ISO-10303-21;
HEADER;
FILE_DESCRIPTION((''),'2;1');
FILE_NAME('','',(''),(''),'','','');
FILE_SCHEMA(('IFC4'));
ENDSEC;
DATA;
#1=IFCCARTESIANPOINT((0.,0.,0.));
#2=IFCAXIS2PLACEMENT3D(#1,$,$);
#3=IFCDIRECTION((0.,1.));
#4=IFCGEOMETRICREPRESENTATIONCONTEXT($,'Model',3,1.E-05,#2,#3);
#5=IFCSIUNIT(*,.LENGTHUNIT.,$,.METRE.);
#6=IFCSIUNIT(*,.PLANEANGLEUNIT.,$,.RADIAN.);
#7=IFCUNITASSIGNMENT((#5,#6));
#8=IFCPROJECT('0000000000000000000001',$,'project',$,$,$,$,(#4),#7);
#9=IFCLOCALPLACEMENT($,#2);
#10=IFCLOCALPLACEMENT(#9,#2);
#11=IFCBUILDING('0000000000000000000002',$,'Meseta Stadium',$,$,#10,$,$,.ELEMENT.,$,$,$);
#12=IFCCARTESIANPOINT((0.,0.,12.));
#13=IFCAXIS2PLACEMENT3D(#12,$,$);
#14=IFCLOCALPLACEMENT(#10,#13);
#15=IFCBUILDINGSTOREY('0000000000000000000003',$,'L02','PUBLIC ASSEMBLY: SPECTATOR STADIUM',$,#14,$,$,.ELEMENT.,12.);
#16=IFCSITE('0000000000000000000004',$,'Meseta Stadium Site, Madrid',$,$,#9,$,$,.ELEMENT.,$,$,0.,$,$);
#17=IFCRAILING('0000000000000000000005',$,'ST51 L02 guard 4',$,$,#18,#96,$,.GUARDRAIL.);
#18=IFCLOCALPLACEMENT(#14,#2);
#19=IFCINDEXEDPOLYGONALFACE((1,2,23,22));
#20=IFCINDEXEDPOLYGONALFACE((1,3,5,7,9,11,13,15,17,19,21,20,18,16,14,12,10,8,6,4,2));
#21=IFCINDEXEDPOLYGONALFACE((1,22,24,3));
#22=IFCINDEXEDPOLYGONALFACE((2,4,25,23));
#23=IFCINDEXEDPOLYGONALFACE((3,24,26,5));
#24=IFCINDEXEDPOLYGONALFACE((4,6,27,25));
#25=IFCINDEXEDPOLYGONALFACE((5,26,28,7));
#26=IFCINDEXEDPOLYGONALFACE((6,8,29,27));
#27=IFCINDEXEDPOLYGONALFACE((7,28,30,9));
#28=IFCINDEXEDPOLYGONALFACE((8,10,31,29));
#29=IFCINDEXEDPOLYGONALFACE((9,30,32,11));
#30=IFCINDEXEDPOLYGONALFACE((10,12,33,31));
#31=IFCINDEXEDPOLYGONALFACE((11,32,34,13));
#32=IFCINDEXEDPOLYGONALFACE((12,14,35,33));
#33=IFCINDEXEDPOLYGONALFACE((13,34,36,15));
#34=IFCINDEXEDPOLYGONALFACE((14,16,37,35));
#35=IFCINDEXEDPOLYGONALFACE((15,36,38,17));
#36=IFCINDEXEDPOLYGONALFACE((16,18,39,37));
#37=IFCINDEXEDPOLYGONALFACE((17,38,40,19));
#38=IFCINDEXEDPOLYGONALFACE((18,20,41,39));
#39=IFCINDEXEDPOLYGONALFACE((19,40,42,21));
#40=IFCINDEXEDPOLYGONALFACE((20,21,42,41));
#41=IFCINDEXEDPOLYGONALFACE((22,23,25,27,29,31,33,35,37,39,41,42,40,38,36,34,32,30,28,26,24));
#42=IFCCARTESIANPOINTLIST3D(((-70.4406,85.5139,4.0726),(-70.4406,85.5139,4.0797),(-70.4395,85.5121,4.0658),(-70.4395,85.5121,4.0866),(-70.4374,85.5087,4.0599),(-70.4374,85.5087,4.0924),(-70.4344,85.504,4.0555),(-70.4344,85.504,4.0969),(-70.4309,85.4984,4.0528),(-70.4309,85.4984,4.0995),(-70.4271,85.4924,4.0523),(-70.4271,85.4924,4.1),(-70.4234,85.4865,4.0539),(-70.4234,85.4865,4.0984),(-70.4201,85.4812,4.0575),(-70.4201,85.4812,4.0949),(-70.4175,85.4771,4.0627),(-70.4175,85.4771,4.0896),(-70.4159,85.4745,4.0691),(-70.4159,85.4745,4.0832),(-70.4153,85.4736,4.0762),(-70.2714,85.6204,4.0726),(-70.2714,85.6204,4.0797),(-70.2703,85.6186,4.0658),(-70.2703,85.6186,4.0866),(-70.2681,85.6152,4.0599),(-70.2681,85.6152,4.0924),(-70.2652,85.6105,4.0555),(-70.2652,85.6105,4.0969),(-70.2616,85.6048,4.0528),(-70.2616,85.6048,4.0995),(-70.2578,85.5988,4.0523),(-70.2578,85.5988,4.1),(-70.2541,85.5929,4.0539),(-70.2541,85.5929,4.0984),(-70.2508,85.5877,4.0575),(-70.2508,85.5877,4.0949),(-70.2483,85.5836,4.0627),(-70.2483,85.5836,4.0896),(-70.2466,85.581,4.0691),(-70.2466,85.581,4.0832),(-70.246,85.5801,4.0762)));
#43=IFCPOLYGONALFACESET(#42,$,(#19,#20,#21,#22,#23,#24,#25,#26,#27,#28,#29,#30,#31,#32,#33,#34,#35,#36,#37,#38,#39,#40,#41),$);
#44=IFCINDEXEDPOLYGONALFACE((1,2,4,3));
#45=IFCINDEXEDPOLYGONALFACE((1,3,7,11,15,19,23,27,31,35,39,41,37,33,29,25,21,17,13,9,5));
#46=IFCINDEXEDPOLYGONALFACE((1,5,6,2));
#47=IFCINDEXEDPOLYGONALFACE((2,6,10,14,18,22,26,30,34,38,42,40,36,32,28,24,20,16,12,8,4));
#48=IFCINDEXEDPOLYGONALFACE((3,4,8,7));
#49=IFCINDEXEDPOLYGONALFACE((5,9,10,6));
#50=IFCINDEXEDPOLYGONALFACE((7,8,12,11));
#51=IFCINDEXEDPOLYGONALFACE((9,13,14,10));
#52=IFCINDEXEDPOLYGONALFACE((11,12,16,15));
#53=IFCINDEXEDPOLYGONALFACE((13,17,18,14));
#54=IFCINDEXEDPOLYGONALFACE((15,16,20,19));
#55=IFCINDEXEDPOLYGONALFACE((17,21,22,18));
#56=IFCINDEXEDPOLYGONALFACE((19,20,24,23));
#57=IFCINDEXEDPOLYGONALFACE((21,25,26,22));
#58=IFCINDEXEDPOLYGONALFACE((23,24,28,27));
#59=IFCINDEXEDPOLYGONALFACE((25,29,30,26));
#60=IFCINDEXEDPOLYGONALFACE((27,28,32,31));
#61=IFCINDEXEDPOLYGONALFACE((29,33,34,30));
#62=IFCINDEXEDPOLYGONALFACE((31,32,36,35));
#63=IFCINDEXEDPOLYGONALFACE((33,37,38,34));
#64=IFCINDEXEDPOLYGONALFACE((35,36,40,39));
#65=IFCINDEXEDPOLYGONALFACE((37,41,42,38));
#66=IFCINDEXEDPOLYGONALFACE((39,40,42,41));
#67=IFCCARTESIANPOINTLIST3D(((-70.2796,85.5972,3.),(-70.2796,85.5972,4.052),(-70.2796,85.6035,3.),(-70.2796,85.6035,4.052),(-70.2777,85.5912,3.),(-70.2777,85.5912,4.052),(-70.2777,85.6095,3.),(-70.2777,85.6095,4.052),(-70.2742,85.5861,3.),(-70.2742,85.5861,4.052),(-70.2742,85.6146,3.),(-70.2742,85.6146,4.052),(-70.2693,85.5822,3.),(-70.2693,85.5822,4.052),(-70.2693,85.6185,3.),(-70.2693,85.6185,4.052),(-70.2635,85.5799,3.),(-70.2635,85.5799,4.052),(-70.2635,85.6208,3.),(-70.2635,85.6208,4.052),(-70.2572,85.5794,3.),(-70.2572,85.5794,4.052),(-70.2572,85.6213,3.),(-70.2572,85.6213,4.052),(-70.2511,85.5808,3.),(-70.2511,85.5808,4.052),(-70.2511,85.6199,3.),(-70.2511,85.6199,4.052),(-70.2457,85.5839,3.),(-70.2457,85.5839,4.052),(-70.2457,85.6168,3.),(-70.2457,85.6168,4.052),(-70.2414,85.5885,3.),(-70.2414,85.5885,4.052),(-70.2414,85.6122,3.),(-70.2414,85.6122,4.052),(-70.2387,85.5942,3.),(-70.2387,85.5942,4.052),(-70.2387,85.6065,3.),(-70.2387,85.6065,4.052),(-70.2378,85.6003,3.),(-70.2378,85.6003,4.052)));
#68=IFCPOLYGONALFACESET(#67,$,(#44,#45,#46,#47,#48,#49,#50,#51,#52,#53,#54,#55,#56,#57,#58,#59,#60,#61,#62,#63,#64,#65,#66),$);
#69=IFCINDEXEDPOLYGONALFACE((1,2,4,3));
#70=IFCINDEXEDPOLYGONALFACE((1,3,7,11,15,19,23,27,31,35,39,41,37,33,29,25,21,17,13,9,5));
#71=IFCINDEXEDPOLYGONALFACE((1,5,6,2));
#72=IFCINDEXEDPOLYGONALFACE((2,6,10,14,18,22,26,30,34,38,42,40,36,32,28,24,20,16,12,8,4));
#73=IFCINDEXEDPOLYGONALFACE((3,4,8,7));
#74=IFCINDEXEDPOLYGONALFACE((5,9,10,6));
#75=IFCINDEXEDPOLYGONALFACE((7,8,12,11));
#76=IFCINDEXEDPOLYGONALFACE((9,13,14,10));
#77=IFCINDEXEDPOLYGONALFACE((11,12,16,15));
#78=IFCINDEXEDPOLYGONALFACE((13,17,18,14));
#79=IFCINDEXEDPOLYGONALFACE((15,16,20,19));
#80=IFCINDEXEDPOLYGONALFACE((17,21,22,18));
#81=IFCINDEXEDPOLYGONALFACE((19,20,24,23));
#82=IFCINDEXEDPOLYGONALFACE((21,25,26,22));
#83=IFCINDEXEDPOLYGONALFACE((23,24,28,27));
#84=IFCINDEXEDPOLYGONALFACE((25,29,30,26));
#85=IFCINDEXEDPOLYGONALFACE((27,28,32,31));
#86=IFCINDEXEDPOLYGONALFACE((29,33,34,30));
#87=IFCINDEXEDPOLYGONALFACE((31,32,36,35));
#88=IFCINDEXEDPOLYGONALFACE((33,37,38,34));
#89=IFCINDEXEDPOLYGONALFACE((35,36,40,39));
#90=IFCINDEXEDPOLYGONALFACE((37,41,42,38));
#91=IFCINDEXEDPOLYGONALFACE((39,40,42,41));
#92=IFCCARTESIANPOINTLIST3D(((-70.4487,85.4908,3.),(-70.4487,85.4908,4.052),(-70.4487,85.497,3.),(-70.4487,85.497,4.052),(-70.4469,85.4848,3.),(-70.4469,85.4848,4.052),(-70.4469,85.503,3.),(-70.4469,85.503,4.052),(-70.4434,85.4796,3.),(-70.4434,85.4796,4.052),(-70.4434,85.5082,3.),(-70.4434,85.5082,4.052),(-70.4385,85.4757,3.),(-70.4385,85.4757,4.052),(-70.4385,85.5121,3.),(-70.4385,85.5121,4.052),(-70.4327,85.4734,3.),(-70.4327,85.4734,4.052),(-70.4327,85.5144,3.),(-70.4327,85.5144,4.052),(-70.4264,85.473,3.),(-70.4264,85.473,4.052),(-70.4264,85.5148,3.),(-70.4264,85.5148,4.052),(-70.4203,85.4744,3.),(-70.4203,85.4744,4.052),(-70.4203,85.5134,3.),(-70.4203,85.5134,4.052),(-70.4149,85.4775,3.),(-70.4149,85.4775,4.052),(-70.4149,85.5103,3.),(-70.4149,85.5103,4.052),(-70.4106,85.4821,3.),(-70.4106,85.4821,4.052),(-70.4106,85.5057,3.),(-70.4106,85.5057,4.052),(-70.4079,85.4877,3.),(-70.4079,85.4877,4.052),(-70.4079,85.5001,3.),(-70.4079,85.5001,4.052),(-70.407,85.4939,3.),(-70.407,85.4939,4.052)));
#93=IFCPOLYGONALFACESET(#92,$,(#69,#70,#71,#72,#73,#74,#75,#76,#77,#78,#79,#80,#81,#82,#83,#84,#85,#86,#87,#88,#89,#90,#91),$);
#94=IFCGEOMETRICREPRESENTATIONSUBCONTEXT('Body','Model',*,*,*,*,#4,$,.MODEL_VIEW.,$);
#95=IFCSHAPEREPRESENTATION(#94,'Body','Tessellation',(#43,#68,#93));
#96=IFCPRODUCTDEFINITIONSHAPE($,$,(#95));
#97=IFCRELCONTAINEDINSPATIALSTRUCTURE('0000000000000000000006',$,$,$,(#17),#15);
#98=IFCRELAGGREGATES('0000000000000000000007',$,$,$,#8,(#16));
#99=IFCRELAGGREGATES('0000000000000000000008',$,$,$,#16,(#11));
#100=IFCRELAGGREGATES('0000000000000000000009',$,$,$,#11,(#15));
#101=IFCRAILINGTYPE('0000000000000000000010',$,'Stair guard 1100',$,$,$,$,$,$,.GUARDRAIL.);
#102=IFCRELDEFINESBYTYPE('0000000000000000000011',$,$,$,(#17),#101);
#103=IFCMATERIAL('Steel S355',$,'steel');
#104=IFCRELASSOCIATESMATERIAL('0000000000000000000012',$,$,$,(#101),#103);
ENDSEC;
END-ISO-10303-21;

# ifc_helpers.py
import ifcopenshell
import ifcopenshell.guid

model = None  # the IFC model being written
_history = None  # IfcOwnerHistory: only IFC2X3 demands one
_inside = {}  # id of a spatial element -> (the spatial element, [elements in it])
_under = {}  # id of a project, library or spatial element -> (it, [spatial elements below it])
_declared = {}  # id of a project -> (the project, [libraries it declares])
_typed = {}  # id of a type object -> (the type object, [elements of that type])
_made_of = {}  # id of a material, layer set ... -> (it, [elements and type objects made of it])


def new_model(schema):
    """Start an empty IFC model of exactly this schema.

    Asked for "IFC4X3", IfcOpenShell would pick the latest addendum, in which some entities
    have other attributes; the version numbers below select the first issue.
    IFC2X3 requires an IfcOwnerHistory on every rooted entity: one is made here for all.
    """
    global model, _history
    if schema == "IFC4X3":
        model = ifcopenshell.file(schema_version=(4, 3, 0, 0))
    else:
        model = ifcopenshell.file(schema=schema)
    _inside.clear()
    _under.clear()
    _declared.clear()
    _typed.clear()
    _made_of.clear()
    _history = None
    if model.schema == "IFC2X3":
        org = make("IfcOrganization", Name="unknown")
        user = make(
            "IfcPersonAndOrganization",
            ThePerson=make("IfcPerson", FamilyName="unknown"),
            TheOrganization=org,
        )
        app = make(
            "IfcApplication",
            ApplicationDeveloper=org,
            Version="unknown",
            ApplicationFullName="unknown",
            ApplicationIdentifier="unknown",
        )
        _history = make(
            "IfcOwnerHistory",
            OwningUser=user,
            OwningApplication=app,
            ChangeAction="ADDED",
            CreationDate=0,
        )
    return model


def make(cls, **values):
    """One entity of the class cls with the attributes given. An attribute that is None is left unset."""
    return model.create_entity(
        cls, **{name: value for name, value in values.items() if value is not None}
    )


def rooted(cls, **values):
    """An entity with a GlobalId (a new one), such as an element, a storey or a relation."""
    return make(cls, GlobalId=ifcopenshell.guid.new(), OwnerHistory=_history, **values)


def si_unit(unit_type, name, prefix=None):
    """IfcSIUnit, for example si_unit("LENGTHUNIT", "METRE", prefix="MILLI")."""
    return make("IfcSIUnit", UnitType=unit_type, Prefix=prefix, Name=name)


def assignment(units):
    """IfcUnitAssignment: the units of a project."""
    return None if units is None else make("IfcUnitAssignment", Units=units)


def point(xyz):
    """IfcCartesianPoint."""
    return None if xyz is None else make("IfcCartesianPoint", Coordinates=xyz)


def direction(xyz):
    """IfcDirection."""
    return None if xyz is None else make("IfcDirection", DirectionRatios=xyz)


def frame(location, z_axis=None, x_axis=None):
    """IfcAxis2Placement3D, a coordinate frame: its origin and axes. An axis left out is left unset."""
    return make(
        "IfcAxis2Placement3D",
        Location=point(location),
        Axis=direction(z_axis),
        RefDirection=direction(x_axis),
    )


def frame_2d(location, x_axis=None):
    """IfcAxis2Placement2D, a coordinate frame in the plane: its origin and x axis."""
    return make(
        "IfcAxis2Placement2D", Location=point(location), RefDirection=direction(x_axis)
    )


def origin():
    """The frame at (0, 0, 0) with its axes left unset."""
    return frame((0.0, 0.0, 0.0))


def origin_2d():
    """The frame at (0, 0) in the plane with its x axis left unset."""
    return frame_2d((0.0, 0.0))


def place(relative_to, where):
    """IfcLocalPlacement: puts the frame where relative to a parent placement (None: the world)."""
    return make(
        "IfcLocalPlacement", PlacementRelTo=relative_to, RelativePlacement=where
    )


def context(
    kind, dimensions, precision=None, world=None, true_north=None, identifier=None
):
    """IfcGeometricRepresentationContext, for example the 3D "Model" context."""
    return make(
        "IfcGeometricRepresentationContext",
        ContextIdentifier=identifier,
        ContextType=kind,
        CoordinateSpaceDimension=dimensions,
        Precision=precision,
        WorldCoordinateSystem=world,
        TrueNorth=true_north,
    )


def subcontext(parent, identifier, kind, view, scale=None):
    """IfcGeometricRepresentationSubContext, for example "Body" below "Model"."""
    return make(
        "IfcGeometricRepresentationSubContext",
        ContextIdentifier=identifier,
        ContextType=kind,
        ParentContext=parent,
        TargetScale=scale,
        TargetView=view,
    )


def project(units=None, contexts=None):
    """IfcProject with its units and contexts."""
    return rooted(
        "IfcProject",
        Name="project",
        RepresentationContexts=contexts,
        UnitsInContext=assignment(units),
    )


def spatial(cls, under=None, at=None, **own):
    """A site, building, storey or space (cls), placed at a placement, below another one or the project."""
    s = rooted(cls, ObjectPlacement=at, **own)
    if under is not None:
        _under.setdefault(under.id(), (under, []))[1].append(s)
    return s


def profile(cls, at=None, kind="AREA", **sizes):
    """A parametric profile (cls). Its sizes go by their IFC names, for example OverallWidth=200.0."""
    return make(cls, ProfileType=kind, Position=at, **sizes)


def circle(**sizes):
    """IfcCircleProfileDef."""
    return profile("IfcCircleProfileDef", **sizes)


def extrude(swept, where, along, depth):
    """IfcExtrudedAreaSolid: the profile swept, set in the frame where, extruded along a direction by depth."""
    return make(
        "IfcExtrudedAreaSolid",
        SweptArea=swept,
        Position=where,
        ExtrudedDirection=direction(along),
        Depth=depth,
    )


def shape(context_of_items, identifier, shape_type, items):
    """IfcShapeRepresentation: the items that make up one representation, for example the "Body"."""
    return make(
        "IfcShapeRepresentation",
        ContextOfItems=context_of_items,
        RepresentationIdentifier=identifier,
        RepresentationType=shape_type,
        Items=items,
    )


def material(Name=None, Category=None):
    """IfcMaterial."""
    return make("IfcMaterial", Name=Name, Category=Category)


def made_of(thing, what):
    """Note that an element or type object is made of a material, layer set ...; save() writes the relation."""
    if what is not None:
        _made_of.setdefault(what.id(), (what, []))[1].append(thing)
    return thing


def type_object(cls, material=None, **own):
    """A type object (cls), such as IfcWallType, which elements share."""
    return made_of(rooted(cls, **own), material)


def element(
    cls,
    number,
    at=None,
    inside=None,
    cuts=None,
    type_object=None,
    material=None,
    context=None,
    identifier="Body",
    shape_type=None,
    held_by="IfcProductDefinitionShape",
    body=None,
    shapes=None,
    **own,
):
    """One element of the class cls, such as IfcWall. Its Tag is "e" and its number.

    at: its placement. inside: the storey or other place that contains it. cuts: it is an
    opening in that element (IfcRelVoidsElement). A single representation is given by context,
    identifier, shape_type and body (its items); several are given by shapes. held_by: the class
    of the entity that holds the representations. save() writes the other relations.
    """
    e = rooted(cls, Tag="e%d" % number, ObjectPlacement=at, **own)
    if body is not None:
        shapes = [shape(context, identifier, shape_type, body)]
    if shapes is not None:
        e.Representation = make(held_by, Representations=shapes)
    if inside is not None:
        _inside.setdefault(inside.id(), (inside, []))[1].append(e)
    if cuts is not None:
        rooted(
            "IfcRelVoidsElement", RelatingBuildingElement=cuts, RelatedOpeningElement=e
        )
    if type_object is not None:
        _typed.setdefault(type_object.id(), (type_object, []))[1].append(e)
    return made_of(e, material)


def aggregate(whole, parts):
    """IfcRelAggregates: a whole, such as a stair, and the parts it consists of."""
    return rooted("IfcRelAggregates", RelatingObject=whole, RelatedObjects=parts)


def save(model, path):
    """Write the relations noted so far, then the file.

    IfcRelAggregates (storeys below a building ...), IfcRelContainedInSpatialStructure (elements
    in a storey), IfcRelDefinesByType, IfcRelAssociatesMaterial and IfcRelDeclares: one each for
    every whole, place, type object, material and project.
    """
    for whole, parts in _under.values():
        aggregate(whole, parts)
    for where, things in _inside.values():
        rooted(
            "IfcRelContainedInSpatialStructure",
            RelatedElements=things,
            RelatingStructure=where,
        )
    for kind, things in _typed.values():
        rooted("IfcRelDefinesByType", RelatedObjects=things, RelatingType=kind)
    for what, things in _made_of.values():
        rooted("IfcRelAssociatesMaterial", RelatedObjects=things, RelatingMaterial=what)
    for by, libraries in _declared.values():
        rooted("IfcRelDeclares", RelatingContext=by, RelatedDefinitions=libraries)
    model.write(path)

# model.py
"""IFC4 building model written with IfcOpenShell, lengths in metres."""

from ifc_helpers import new_model, si_unit, direction, frame, origin, origin_2d, place, context, subcontext, project, spatial, circle, extrude, material, type_object, element, save


model = new_model("IFC4")

# Units and contexts
model_context = context("Model", 3, precision=1e-05, world=origin(), true_north=direction((0.0, 1.0)))
body_context = subcontext(model_context, "Body", "Model", "MODEL_VIEW")
ifc_project = project(units=[si_unit("LENGTHUNIT", "METRE"), si_unit("PLANEANGLEUNIT", "RADIAN")], contexts=[model_context])

# Site, building, storey
site_placement = place(None, origin())
site = spatial("IfcSite", under=ifc_project, at=site_placement, Name="Meseta Stadium Site, Madrid", CompositionType="ELEMENT", RefElevation=0.0)
building_placement = place(site_placement, origin())
building = spatial("IfcBuilding", under=site, at=building_placement, Name="Meseta Stadium", CompositionType="ELEMENT")
storey_placement = place(building_placement, frame((0.0, 0.0, 12.0)))
storey = spatial("IfcBuildingStorey", under=building, at=storey_placement, Name="L02", Description="PUBLIC ASSEMBLY: SPECTATOR STADIUM", CompositionType="ELEMENT", Elevation=12.0)

# Railing
ifc_material_1 = material(Name="Steel S355", Category="steel")
railing_type_1 = type_object("IfcRailingType", Name="Stair guard 1100", PredefinedType="GUARDRAIL", material=ifc_material_1)
railing_1_placement = place(storey_placement, frame((-70.2588, 85.6003, 3.0)))
element("IfcRailing", 1, at=railing_1_placement, inside=storey, type_object=railing_type_1, Name="ST51 L02 guard 4", PredefinedType="GUARDRAIL", context=body_context, shape_type="SweptSolid", body=[
    extrude(circle(Radius=0.0239, at=origin_2d()), frame((0.0, 0.0, 1.0762), z_axis=(-0.846416, -0.532522, 0.0), x_axis=(0.532522, -0.846416, 0.0)), (0.0, 0.0, 1.0), 0.2),
    extrude(circle(Radius=0.021, at=origin_2d()), origin(), (0.0, 0.0, 1.0), 1.052),
    extrude(circle(Radius=0.021, at=origin_2d()), frame((-0.1692, -0.1064, 0.0)), (0.0, 0.0, 1.0), 1.052),
])

save(model, "model.ifc")
